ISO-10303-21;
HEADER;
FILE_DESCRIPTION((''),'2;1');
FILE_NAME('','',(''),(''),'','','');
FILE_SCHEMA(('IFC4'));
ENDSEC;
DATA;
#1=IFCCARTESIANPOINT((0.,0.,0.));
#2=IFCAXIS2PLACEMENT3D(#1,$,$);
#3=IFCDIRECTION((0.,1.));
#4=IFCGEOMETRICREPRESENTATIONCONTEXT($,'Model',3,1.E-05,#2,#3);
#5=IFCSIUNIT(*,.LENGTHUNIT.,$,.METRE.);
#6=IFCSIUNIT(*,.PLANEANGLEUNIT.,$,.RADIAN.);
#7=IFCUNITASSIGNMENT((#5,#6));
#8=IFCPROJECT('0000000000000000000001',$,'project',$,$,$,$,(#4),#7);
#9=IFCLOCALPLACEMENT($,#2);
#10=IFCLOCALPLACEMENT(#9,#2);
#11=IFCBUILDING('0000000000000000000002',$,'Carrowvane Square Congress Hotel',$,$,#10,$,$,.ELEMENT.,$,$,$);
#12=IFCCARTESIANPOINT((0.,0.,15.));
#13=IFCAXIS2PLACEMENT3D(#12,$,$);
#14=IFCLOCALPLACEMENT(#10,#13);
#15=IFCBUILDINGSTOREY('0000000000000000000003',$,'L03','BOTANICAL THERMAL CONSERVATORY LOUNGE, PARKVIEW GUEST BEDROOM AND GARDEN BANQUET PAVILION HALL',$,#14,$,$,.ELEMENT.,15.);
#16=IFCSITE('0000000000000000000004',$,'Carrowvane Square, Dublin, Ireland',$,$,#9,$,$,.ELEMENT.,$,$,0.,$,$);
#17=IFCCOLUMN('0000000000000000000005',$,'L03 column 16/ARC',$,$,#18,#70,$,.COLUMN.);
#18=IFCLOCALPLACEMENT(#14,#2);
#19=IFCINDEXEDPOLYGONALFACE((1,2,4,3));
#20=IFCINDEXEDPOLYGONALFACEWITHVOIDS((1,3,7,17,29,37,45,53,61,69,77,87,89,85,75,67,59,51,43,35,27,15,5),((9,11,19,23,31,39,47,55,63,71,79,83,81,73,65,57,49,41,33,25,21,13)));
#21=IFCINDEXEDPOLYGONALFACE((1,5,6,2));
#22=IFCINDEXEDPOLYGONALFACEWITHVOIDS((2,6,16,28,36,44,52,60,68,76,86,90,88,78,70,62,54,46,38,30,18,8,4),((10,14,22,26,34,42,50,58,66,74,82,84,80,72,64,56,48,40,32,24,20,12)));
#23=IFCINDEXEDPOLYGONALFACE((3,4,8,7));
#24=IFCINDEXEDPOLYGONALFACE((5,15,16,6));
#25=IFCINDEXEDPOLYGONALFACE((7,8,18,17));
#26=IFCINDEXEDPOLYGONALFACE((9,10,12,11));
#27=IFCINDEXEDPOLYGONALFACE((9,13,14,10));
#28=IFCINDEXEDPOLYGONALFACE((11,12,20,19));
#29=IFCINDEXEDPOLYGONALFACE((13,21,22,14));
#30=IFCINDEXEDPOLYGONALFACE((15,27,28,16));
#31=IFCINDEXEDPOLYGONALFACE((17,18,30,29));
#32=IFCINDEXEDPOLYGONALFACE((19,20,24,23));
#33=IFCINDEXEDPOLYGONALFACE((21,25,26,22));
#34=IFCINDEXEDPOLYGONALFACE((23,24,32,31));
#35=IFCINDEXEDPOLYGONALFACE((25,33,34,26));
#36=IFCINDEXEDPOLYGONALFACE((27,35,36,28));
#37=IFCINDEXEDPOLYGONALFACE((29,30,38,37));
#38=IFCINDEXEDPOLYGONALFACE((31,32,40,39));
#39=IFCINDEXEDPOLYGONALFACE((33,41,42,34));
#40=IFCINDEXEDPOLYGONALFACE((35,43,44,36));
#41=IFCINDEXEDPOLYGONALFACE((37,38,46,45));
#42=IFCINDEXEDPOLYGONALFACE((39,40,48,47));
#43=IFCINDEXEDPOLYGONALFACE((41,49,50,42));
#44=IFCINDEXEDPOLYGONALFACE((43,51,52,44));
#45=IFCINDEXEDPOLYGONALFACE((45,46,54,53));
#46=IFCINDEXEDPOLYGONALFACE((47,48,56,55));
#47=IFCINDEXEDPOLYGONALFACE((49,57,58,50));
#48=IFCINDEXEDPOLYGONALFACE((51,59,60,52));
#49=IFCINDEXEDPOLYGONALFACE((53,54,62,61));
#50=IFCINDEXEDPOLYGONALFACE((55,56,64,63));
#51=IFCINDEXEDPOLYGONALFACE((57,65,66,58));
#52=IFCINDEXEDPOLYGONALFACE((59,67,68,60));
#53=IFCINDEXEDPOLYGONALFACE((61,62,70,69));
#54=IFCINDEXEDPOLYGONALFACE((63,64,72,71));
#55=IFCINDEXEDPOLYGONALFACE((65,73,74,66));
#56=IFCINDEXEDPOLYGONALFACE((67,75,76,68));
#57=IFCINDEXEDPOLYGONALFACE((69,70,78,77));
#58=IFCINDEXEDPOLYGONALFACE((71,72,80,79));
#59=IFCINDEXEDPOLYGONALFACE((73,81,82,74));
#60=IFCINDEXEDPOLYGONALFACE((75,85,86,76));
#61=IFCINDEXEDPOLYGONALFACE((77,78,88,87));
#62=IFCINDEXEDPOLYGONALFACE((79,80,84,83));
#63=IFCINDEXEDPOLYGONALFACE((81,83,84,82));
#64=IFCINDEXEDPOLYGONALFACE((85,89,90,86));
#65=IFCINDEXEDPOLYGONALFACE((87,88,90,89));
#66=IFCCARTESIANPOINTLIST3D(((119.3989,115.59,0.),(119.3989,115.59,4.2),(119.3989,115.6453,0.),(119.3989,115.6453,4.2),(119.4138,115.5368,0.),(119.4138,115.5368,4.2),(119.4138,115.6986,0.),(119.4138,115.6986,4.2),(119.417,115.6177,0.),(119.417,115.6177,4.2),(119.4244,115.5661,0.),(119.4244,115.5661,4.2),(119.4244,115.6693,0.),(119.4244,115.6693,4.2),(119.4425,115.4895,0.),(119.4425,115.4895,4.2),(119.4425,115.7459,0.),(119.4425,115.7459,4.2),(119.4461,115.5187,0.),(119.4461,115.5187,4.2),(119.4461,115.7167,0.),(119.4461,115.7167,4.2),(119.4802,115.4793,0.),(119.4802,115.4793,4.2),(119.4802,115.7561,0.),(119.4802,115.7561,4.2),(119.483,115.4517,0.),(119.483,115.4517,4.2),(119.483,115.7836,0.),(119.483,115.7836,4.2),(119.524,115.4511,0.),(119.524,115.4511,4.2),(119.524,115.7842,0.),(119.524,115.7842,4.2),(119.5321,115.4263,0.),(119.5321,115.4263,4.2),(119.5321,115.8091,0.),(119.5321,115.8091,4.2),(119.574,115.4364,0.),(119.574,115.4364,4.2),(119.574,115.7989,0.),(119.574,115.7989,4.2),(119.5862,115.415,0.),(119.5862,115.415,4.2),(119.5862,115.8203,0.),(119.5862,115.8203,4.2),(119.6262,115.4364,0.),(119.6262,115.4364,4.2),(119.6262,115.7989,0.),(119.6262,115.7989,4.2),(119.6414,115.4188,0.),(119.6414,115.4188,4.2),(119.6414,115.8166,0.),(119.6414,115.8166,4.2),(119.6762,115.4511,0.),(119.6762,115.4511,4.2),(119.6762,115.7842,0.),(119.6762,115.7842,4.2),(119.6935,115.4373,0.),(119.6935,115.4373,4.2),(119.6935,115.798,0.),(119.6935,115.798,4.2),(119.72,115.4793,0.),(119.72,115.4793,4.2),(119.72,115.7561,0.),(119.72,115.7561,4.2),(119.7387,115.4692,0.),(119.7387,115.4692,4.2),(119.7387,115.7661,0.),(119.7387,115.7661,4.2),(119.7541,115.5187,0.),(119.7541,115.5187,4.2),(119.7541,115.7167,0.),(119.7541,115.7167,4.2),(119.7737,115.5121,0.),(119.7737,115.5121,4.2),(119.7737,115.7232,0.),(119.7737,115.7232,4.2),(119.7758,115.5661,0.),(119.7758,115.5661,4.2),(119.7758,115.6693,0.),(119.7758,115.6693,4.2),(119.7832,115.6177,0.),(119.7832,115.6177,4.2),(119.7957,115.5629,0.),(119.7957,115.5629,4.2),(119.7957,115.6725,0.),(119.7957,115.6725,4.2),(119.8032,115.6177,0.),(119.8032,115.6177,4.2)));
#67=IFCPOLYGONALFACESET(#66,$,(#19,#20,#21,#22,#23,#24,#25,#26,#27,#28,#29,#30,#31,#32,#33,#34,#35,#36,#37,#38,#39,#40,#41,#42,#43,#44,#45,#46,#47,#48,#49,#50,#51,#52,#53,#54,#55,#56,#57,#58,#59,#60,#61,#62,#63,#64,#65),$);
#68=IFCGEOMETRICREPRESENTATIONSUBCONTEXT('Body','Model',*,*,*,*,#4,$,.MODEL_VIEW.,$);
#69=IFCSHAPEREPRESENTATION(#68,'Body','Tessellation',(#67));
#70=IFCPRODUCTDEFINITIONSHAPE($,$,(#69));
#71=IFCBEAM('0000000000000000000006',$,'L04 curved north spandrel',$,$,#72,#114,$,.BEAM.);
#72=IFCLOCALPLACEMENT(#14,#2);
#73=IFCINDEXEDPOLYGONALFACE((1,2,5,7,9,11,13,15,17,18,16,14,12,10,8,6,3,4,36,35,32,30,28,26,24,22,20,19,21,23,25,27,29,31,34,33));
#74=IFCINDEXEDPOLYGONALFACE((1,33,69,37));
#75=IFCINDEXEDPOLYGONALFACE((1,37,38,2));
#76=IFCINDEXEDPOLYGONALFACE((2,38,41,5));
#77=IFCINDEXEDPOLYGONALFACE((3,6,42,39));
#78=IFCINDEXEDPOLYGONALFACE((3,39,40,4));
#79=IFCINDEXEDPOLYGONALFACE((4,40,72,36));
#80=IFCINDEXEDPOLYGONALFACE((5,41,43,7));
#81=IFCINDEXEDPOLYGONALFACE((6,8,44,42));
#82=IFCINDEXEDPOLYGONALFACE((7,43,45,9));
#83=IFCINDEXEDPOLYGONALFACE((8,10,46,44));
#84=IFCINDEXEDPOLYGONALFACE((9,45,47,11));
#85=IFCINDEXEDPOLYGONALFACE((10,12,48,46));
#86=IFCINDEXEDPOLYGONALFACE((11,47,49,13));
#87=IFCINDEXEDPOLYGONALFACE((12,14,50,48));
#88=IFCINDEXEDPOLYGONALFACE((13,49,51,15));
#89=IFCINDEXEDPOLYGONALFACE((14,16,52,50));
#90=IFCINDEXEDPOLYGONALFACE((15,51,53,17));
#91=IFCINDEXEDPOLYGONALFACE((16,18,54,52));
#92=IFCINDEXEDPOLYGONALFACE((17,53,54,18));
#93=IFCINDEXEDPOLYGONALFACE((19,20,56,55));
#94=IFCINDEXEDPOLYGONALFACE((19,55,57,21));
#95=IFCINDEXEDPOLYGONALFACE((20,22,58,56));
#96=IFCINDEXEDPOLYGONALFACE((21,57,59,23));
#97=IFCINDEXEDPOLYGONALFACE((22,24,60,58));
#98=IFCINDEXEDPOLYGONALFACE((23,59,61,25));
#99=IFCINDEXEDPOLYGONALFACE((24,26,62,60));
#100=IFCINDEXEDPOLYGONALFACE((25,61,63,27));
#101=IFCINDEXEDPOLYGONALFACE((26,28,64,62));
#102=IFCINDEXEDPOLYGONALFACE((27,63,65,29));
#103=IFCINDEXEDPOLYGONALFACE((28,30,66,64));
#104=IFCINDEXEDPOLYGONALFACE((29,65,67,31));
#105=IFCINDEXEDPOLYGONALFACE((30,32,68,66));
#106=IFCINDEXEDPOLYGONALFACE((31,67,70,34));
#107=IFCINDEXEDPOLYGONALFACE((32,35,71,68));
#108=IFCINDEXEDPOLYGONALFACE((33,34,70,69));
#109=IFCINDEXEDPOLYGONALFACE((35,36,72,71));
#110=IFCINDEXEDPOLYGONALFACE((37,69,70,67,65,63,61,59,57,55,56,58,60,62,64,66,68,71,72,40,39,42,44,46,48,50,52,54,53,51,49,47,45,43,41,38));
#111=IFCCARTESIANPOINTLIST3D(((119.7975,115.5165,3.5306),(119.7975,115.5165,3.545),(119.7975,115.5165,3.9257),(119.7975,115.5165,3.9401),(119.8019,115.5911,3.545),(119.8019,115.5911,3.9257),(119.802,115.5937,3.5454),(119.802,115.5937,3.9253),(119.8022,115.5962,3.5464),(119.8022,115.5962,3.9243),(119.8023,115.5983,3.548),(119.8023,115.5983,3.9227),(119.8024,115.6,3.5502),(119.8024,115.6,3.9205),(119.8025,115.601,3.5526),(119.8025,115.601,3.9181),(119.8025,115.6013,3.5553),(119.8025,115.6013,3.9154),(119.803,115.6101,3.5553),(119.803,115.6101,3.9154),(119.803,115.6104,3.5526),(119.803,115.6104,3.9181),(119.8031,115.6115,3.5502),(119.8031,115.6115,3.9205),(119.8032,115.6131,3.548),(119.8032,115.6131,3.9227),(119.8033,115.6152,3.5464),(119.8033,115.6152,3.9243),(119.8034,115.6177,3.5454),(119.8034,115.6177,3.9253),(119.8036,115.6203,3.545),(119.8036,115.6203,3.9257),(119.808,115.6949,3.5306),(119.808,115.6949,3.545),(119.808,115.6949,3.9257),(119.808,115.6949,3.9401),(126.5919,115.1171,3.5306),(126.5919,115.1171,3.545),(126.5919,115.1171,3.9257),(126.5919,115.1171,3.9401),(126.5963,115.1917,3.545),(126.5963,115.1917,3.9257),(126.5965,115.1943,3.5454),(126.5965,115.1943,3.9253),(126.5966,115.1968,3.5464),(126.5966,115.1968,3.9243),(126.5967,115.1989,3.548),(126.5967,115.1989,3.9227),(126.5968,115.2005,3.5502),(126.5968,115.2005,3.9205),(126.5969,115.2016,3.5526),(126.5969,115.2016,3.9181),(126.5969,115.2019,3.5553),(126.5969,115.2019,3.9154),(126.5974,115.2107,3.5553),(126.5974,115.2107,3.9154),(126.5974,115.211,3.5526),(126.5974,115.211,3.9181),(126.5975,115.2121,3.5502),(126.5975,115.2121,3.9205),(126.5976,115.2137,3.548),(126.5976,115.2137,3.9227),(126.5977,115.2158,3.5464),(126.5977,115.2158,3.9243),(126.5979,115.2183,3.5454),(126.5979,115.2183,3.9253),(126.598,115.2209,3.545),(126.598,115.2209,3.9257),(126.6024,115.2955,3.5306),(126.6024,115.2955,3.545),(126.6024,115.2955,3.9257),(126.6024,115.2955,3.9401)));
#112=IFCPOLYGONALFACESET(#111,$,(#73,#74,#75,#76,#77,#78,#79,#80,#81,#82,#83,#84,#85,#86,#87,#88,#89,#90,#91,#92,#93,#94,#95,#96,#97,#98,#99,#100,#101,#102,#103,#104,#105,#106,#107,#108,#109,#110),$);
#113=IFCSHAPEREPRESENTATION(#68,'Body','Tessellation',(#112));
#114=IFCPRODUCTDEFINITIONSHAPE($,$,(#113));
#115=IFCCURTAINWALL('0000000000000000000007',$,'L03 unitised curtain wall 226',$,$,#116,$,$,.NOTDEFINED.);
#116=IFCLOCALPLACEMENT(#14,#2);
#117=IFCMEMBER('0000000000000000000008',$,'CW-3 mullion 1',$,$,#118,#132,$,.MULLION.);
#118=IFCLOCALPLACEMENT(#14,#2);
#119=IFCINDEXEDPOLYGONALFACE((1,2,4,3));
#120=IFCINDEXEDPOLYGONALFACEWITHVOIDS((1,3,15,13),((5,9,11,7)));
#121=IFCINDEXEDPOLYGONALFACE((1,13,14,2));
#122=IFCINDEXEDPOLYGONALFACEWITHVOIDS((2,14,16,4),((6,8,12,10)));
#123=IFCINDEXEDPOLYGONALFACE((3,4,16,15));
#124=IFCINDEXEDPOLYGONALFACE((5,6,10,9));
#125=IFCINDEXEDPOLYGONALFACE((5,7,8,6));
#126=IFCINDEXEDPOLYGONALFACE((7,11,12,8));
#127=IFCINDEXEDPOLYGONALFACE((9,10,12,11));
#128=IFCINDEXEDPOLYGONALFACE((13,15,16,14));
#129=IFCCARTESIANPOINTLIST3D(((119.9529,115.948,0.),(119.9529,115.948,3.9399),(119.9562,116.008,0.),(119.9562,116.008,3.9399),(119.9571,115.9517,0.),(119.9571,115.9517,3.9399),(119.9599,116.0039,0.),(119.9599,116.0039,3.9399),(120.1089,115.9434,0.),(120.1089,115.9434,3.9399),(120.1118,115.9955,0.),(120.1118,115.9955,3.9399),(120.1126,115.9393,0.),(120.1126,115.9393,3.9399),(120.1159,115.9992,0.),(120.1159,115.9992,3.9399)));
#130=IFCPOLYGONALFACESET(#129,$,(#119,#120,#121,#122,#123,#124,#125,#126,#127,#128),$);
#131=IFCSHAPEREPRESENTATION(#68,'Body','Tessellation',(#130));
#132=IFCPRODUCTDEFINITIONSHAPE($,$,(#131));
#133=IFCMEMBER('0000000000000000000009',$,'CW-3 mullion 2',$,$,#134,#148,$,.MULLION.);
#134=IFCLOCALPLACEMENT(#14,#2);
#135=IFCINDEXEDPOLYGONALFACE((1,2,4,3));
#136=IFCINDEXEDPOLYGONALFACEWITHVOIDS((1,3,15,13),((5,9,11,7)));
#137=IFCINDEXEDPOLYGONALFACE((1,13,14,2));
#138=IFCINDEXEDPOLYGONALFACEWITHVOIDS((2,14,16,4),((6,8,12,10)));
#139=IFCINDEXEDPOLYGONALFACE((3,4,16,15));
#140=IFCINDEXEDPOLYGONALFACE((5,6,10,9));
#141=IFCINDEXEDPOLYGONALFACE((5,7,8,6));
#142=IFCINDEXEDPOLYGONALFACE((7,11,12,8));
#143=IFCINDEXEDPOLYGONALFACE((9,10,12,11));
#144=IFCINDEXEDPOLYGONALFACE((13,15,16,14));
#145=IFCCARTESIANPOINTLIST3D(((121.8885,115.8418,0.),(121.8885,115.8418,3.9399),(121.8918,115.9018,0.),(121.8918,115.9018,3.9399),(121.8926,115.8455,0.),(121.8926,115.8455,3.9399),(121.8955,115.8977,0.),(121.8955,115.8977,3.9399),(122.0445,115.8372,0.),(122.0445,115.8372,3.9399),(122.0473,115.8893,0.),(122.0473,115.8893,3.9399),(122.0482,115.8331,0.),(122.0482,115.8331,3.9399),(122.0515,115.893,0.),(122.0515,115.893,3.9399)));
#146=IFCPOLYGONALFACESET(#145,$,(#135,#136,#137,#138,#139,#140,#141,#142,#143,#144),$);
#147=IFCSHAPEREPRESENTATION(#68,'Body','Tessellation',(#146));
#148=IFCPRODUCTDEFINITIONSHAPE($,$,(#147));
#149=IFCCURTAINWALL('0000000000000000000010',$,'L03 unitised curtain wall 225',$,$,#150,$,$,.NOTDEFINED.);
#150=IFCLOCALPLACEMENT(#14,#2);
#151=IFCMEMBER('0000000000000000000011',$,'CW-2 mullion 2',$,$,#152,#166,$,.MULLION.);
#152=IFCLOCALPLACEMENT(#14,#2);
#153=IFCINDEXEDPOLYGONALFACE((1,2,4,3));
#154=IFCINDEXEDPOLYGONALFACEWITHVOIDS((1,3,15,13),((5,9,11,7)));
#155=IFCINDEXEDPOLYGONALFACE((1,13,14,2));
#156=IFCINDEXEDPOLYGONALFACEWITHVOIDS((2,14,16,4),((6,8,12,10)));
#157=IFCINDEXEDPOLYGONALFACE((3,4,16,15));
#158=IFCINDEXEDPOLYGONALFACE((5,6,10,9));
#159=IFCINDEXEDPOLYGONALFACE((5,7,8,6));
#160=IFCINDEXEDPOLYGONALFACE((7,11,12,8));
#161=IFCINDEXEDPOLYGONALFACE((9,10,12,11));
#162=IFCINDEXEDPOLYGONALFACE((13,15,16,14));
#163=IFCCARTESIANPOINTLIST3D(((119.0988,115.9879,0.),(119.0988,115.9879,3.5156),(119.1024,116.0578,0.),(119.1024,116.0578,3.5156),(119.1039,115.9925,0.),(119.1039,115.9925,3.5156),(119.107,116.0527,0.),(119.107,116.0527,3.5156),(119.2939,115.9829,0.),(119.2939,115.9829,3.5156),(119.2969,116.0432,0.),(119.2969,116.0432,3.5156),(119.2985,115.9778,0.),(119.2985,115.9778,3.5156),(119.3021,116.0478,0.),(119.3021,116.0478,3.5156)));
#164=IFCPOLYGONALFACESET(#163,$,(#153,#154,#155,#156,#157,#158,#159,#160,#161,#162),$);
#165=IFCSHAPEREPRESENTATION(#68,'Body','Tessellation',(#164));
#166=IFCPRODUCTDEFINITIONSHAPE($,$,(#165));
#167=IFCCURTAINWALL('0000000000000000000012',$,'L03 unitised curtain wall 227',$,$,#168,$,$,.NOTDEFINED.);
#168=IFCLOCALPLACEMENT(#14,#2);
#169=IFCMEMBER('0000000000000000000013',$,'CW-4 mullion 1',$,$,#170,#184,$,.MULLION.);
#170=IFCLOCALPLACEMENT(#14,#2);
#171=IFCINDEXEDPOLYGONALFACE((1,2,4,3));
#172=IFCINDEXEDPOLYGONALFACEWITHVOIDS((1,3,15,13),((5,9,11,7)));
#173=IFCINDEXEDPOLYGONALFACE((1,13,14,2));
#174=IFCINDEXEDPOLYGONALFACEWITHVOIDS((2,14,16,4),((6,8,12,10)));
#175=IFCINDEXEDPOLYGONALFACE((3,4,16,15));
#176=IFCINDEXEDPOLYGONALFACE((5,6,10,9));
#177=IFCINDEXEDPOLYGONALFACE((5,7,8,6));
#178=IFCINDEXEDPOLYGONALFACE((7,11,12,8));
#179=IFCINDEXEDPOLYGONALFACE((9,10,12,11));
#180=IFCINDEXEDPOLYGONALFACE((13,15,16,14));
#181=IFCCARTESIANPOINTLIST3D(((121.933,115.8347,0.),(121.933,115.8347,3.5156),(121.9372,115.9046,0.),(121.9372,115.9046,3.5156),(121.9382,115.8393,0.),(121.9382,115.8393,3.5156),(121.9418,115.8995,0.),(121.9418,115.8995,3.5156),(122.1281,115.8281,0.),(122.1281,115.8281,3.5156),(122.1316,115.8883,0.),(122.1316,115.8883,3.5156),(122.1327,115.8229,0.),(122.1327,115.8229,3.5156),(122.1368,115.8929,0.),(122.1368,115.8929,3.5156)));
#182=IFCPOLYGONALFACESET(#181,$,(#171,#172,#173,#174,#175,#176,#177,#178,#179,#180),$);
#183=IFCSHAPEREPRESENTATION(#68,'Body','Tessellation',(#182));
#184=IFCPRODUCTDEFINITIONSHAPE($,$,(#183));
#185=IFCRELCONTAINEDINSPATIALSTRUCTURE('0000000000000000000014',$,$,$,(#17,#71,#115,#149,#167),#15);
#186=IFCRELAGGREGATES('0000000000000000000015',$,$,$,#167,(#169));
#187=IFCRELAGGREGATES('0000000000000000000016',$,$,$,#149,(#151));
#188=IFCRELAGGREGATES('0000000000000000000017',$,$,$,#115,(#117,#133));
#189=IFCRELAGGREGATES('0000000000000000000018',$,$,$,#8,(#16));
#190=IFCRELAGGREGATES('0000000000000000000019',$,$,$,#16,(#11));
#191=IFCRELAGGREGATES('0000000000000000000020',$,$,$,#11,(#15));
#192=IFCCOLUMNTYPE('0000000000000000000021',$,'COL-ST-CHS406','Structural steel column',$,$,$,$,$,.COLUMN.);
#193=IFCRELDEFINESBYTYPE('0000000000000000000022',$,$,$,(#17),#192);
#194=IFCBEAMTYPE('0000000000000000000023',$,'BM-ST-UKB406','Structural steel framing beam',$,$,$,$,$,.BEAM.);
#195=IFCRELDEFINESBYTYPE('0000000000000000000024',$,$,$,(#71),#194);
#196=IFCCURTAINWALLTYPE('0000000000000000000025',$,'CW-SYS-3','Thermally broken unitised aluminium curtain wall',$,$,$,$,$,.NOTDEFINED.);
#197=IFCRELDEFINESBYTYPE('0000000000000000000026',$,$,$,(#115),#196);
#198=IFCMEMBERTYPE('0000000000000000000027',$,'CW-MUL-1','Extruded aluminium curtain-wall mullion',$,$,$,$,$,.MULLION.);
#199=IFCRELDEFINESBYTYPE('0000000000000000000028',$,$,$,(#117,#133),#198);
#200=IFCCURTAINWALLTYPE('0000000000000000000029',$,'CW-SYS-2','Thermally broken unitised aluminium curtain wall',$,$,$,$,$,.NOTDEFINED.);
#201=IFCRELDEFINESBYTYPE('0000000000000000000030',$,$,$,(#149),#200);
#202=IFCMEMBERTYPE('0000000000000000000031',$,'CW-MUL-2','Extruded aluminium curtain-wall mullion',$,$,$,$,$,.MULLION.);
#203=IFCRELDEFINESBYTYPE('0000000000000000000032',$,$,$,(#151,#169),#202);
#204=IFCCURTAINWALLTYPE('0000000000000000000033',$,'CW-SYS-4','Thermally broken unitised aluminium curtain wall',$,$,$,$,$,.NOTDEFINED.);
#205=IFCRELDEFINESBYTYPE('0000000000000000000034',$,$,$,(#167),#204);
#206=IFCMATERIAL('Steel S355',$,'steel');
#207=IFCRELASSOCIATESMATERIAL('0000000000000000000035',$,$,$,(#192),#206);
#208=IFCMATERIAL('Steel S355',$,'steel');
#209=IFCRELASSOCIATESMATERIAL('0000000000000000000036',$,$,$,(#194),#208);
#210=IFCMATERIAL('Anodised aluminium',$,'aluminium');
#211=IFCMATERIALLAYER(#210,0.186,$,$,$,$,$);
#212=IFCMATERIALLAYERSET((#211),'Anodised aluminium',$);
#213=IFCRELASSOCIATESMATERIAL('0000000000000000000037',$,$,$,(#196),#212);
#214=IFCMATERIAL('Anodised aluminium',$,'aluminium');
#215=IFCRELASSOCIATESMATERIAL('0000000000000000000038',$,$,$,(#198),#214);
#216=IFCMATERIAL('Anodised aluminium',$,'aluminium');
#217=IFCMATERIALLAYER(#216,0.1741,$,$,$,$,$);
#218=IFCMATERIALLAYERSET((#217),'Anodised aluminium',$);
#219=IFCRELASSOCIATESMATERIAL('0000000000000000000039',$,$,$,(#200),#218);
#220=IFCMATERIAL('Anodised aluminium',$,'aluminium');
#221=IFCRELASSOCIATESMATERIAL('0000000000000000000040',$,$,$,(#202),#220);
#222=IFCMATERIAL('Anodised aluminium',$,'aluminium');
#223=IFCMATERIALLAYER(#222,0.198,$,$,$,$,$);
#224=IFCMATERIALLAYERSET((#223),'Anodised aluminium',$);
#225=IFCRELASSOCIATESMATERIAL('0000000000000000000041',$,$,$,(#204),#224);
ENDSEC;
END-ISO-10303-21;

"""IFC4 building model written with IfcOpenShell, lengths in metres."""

from ifc_helpers import new_model, si_unit, direction, frame, origin, origin_2d, place, context, subcontext, project, spatial, hollow_rectangle, hollow_circle, i_section, extrude, material, layer, layer_set, material_profile, profile_set, type_object, element, aggregate, save


model = new_model("IFC4")

# Units and contexts
model_context = context("Model", 3, precision=1e-05, world=origin(), true_north=direction((0.0, 1.0)))
body_context = subcontext(model_context, "Body", "Model", "MODEL_VIEW")
ifc_project = project(units=[si_unit("LENGTHUNIT", "METRE"), si_unit("PLANEANGLEUNIT", "RADIAN")], contexts=[model_context])

# Site, building, storey
site_placement = place(None, origin())
site = spatial("IfcSite", under=ifc_project, at=site_placement, Name="Carrowvane Square, Dublin, Ireland", CompositionType="ELEMENT", RefElevation=0.0)
building_placement = place(site_placement, origin())
building = spatial("IfcBuilding", under=site, at=building_placement, Name="Carrowvane Square Congress Hotel", CompositionType="ELEMENT")
storey_placement = place(building_placement, frame((0.0, 0.0, 15.0)))
storey = spatial("IfcBuildingStorey", under=building, at=storey_placement, Name="L03", Description="BOTANICAL THERMAL CONSERVATORY LOUNGE, PARKVIEW GUEST BEDROOM AND GARDEN BANQUET PAVILION HALL", CompositionType="ELEMENT", Elevation=15.0)

# Column
ifc_material_1 = material(Name="Steel S355", Category="steel")
ifc_material_profile_1 = material_profile(ifc_material_1, hollow_circle(Radius=0.2031, WallThickness=0.02, at=origin_2d()), Name="CHS 406.4x20")
ifc_profile_set_1 = profile_set([ifc_material_profile_1], Name="Steel S355")
column_type = type_object("IfcColumnType", Name="COL-ST-CHS406", Description="Structural steel column", PredefinedType="COLUMN", material=ifc_profile_set_1)
column_placement = place(storey_placement, frame((119.6001, 115.6177, 0.0), z_axis=(0.0, 0.0, 1.0), x_axis=(1.0, 0.0, 0.0)))
element("IfcColumn", 1, at=column_placement, inside=storey, type_object=column_type, Name="L03 column 16/ARC", PredefinedType="COLUMN", context=body_context, shape_type="SweptSolid", body=[
    extrude(hollow_circle(Radius=0.2031, WallThickness=0.02, at=origin_2d()), origin(), (0.0, 0.0, 1.0), 4.2),
])

# Beam
ifc_material_2 = material(Name="Steel S355", Category="steel")
ifc_material_profile_2 = material_profile(ifc_material_2, i_section(OverallWidth=0.1787, OverallDepth=0.4094, WebThickness=0.0088, FlangeThickness=0.0144, FilletRadius=0.0103, at=origin_2d()), Name="UKB 406x178x67")
ifc_profile_set_2 = profile_set([ifc_material_profile_2], Name="Steel S355")
beam_type = type_object("IfcBeamType", Name="BM-ST-UKB406", Description="Structural steel framing beam", PredefinedType="BEAM", material=ifc_profile_set_2)
beam_placement = place(storey_placement, frame((119.8027, 115.6057, 3.7354), z_axis=(0.998277, -0.058684, 0.0), x_axis=(0.058684, 0.998277, 0.0)))
element("IfcBeam", 2, at=beam_placement, inside=storey, type_object=beam_type, Name="L04 curved north spandrel", PredefinedType="BEAM", context=body_context, shape_type="SweptSolid", body=[
    extrude(i_section(OverallWidth=0.1787, OverallDepth=0.4094, WebThickness=0.0088, FlangeThickness=0.0144, FilletRadius=0.0103, at=origin_2d()), origin(), (0.0, 0.0, 1.0), 6.8062),
])

# Curtain wall, members
ifc_material_3 = material(Name="Anodised aluminium", Category="aluminium")
ifc_layer_1 = layer(ifc_material_3, 0.186)
ifc_layer_set_1 = layer_set([ifc_layer_1], Name="Anodised aluminium")
curtain_wall_type_1 = type_object("IfcCurtainWallType", Name="CW-SYS-3", Description="Thermally broken unitised aluminium curtain wall", PredefinedType="NOTDEFINED", material=ifc_layer_set_1)
curtain_wall_1_placement = place(storey_placement, origin())
curtain_wall_1 = element("IfcCurtainWall", 3, at=curtain_wall_1_placement, inside=storey, type_object=curtain_wall_type_1, Name="L03 unitised curtain wall 226", PredefinedType="NOTDEFINED")
ifc_material_4 = material(Name="Anodised aluminium", Category="aluminium")
ifc_material_profile_3 = material_profile(ifc_material_4, hollow_rectangle(XDim=0.0601, YDim=0.1599, WallThickness=0.0039, at=origin_2d()), Name="CW-ML 60x160x4")
ifc_profile_set_3 = profile_set([ifc_material_profile_3], Name="Anodised aluminium")
member_type_1 = type_object("IfcMemberType", Name="CW-MUL-1", Description="Extruded aluminium curtain-wall mullion", PredefinedType="MULLION", material=ifc_profile_set_3)
member_1_placement = place(storey_placement, frame((120.0344, 115.9736, 0.0), z_axis=(0.0, 0.0, 1.0), x_axis=(0.054816, 0.998496, 0.0)))
member_1 = element("IfcMember", 4, at=member_1_placement, type_object=member_type_1, Name="CW-3 mullion 1", PredefinedType="MULLION", context=body_context, shape_type="SweptSolid", body=[
    extrude(hollow_rectangle(XDim=0.0601, YDim=0.1599, WallThickness=0.0039, at=origin_2d()), origin(), (0.0, 0.0, 1.0), 3.9399),
])
member_2_placement = place(storey_placement, frame((121.97, 115.8674, 0.0), z_axis=(0.0, 0.0, 1.0), x_axis=(0.054816, 0.998496, 0.0)))
member_2 = element("IfcMember", 5, at=member_2_placement, type_object=member_type_1, Name="CW-3 mullion 2", PredefinedType="MULLION", context=body_context, shape_type="SweptSolid", body=[
    extrude(hollow_rectangle(XDim=0.0601, YDim=0.1599, WallThickness=0.0039, at=origin_2d()), origin(), (0.0, 0.0, 1.0), 3.9399),
])

# Curtain walls, members
ifc_material_5 = material(Name="Anodised aluminium", Category="aluminium")
ifc_layer_2 = layer(ifc_material_5, 0.1741)
ifc_layer_set_2 = layer_set([ifc_layer_2], Name="Anodised aluminium")
curtain_wall_type_2 = type_object("IfcCurtainWallType", Name="CW-SYS-2", Description="Thermally broken unitised aluminium curtain wall", PredefinedType="NOTDEFINED", material=ifc_layer_set_2)
curtain_wall_2_placement = place(storey_placement, origin())
curtain_wall_2 = element("IfcCurtainWall", 6, at=curtain_wall_2_placement, inside=storey, type_object=curtain_wall_type_2, Name="L03 unitised curtain wall 225", PredefinedType="NOTDEFINED")
ifc_material_6 = material(Name="Anodised aluminium", Category="aluminium")
ifc_material_profile_4 = material_profile(ifc_material_6, hollow_rectangle(XDim=0.0701, YDim=0.2, WallThickness=0.0049, at=origin_2d()), Name="CW-ML 70x200x5")
ifc_profile_set_4 = profile_set([ifc_material_profile_4], Name="Anodised aluminium")
member_type_2 = type_object("IfcMemberType", Name="CW-MUL-2", Description="Extruded aluminium curtain-wall mullion", PredefinedType="MULLION", material=ifc_profile_set_4)
member_3_placement = place(storey_placement, frame((119.2004, 116.0178, 0.0), z_axis=(0.0, 0.0, 1.0), x_axis=(0.050324, 0.998733, 0.0)))
member_3 = element("IfcMember", 7, at=member_3_placement, type_object=member_type_2, Name="CW-2 mullion 2", PredefinedType="MULLION", context=body_context, shape_type="SweptSolid", body=[
    extrude(hollow_rectangle(XDim=0.0701, YDim=0.2, WallThickness=0.0049, at=origin_2d()), origin(), (0.0, 0.0, 1.0), 3.5156),
])
ifc_material_7 = material(Name="Anodised aluminium", Category="aluminium")
ifc_layer_3 = layer(ifc_material_7, 0.198)
ifc_layer_set_3 = layer_set([ifc_layer_3], Name="Anodised aluminium")
curtain_wall_type_3 = type_object("IfcCurtainWallType", Name="CW-SYS-4", Description="Thermally broken unitised aluminium curtain wall", PredefinedType="NOTDEFINED", material=ifc_layer_set_3)
curtain_wall_3_placement = place(storey_placement, origin())
curtain_wall_3 = element("IfcCurtainWall", 8, at=curtain_wall_3_placement, inside=storey, type_object=curtain_wall_type_3, Name="L03 unitised curtain wall 227", PredefinedType="NOTDEFINED")
member_4_placement = place(storey_placement, frame((122.0349, 115.8638, 0.0), z_axis=(0.0, 0.0, 1.0), x_axis=(0.058851, 0.998267, 0.0)))
member_4 = element("IfcMember", 9, at=member_4_placement, type_object=member_type_2, Name="CW-4 mullion 1", PredefinedType="MULLION", context=body_context, shape_type="SweptSolid", body=[
    extrude(hollow_rectangle(XDim=0.0701, YDim=0.2, WallThickness=0.0049, at=origin_2d()), origin(), (0.0, 0.0, 1.0), 3.5156),
])
aggregate(curtain_wall_3, [member_4])

aggregate(curtain_wall_2, [member_3])
aggregate(curtain_wall_1, [member_1, member_2])

save(model, "model.ifc")
